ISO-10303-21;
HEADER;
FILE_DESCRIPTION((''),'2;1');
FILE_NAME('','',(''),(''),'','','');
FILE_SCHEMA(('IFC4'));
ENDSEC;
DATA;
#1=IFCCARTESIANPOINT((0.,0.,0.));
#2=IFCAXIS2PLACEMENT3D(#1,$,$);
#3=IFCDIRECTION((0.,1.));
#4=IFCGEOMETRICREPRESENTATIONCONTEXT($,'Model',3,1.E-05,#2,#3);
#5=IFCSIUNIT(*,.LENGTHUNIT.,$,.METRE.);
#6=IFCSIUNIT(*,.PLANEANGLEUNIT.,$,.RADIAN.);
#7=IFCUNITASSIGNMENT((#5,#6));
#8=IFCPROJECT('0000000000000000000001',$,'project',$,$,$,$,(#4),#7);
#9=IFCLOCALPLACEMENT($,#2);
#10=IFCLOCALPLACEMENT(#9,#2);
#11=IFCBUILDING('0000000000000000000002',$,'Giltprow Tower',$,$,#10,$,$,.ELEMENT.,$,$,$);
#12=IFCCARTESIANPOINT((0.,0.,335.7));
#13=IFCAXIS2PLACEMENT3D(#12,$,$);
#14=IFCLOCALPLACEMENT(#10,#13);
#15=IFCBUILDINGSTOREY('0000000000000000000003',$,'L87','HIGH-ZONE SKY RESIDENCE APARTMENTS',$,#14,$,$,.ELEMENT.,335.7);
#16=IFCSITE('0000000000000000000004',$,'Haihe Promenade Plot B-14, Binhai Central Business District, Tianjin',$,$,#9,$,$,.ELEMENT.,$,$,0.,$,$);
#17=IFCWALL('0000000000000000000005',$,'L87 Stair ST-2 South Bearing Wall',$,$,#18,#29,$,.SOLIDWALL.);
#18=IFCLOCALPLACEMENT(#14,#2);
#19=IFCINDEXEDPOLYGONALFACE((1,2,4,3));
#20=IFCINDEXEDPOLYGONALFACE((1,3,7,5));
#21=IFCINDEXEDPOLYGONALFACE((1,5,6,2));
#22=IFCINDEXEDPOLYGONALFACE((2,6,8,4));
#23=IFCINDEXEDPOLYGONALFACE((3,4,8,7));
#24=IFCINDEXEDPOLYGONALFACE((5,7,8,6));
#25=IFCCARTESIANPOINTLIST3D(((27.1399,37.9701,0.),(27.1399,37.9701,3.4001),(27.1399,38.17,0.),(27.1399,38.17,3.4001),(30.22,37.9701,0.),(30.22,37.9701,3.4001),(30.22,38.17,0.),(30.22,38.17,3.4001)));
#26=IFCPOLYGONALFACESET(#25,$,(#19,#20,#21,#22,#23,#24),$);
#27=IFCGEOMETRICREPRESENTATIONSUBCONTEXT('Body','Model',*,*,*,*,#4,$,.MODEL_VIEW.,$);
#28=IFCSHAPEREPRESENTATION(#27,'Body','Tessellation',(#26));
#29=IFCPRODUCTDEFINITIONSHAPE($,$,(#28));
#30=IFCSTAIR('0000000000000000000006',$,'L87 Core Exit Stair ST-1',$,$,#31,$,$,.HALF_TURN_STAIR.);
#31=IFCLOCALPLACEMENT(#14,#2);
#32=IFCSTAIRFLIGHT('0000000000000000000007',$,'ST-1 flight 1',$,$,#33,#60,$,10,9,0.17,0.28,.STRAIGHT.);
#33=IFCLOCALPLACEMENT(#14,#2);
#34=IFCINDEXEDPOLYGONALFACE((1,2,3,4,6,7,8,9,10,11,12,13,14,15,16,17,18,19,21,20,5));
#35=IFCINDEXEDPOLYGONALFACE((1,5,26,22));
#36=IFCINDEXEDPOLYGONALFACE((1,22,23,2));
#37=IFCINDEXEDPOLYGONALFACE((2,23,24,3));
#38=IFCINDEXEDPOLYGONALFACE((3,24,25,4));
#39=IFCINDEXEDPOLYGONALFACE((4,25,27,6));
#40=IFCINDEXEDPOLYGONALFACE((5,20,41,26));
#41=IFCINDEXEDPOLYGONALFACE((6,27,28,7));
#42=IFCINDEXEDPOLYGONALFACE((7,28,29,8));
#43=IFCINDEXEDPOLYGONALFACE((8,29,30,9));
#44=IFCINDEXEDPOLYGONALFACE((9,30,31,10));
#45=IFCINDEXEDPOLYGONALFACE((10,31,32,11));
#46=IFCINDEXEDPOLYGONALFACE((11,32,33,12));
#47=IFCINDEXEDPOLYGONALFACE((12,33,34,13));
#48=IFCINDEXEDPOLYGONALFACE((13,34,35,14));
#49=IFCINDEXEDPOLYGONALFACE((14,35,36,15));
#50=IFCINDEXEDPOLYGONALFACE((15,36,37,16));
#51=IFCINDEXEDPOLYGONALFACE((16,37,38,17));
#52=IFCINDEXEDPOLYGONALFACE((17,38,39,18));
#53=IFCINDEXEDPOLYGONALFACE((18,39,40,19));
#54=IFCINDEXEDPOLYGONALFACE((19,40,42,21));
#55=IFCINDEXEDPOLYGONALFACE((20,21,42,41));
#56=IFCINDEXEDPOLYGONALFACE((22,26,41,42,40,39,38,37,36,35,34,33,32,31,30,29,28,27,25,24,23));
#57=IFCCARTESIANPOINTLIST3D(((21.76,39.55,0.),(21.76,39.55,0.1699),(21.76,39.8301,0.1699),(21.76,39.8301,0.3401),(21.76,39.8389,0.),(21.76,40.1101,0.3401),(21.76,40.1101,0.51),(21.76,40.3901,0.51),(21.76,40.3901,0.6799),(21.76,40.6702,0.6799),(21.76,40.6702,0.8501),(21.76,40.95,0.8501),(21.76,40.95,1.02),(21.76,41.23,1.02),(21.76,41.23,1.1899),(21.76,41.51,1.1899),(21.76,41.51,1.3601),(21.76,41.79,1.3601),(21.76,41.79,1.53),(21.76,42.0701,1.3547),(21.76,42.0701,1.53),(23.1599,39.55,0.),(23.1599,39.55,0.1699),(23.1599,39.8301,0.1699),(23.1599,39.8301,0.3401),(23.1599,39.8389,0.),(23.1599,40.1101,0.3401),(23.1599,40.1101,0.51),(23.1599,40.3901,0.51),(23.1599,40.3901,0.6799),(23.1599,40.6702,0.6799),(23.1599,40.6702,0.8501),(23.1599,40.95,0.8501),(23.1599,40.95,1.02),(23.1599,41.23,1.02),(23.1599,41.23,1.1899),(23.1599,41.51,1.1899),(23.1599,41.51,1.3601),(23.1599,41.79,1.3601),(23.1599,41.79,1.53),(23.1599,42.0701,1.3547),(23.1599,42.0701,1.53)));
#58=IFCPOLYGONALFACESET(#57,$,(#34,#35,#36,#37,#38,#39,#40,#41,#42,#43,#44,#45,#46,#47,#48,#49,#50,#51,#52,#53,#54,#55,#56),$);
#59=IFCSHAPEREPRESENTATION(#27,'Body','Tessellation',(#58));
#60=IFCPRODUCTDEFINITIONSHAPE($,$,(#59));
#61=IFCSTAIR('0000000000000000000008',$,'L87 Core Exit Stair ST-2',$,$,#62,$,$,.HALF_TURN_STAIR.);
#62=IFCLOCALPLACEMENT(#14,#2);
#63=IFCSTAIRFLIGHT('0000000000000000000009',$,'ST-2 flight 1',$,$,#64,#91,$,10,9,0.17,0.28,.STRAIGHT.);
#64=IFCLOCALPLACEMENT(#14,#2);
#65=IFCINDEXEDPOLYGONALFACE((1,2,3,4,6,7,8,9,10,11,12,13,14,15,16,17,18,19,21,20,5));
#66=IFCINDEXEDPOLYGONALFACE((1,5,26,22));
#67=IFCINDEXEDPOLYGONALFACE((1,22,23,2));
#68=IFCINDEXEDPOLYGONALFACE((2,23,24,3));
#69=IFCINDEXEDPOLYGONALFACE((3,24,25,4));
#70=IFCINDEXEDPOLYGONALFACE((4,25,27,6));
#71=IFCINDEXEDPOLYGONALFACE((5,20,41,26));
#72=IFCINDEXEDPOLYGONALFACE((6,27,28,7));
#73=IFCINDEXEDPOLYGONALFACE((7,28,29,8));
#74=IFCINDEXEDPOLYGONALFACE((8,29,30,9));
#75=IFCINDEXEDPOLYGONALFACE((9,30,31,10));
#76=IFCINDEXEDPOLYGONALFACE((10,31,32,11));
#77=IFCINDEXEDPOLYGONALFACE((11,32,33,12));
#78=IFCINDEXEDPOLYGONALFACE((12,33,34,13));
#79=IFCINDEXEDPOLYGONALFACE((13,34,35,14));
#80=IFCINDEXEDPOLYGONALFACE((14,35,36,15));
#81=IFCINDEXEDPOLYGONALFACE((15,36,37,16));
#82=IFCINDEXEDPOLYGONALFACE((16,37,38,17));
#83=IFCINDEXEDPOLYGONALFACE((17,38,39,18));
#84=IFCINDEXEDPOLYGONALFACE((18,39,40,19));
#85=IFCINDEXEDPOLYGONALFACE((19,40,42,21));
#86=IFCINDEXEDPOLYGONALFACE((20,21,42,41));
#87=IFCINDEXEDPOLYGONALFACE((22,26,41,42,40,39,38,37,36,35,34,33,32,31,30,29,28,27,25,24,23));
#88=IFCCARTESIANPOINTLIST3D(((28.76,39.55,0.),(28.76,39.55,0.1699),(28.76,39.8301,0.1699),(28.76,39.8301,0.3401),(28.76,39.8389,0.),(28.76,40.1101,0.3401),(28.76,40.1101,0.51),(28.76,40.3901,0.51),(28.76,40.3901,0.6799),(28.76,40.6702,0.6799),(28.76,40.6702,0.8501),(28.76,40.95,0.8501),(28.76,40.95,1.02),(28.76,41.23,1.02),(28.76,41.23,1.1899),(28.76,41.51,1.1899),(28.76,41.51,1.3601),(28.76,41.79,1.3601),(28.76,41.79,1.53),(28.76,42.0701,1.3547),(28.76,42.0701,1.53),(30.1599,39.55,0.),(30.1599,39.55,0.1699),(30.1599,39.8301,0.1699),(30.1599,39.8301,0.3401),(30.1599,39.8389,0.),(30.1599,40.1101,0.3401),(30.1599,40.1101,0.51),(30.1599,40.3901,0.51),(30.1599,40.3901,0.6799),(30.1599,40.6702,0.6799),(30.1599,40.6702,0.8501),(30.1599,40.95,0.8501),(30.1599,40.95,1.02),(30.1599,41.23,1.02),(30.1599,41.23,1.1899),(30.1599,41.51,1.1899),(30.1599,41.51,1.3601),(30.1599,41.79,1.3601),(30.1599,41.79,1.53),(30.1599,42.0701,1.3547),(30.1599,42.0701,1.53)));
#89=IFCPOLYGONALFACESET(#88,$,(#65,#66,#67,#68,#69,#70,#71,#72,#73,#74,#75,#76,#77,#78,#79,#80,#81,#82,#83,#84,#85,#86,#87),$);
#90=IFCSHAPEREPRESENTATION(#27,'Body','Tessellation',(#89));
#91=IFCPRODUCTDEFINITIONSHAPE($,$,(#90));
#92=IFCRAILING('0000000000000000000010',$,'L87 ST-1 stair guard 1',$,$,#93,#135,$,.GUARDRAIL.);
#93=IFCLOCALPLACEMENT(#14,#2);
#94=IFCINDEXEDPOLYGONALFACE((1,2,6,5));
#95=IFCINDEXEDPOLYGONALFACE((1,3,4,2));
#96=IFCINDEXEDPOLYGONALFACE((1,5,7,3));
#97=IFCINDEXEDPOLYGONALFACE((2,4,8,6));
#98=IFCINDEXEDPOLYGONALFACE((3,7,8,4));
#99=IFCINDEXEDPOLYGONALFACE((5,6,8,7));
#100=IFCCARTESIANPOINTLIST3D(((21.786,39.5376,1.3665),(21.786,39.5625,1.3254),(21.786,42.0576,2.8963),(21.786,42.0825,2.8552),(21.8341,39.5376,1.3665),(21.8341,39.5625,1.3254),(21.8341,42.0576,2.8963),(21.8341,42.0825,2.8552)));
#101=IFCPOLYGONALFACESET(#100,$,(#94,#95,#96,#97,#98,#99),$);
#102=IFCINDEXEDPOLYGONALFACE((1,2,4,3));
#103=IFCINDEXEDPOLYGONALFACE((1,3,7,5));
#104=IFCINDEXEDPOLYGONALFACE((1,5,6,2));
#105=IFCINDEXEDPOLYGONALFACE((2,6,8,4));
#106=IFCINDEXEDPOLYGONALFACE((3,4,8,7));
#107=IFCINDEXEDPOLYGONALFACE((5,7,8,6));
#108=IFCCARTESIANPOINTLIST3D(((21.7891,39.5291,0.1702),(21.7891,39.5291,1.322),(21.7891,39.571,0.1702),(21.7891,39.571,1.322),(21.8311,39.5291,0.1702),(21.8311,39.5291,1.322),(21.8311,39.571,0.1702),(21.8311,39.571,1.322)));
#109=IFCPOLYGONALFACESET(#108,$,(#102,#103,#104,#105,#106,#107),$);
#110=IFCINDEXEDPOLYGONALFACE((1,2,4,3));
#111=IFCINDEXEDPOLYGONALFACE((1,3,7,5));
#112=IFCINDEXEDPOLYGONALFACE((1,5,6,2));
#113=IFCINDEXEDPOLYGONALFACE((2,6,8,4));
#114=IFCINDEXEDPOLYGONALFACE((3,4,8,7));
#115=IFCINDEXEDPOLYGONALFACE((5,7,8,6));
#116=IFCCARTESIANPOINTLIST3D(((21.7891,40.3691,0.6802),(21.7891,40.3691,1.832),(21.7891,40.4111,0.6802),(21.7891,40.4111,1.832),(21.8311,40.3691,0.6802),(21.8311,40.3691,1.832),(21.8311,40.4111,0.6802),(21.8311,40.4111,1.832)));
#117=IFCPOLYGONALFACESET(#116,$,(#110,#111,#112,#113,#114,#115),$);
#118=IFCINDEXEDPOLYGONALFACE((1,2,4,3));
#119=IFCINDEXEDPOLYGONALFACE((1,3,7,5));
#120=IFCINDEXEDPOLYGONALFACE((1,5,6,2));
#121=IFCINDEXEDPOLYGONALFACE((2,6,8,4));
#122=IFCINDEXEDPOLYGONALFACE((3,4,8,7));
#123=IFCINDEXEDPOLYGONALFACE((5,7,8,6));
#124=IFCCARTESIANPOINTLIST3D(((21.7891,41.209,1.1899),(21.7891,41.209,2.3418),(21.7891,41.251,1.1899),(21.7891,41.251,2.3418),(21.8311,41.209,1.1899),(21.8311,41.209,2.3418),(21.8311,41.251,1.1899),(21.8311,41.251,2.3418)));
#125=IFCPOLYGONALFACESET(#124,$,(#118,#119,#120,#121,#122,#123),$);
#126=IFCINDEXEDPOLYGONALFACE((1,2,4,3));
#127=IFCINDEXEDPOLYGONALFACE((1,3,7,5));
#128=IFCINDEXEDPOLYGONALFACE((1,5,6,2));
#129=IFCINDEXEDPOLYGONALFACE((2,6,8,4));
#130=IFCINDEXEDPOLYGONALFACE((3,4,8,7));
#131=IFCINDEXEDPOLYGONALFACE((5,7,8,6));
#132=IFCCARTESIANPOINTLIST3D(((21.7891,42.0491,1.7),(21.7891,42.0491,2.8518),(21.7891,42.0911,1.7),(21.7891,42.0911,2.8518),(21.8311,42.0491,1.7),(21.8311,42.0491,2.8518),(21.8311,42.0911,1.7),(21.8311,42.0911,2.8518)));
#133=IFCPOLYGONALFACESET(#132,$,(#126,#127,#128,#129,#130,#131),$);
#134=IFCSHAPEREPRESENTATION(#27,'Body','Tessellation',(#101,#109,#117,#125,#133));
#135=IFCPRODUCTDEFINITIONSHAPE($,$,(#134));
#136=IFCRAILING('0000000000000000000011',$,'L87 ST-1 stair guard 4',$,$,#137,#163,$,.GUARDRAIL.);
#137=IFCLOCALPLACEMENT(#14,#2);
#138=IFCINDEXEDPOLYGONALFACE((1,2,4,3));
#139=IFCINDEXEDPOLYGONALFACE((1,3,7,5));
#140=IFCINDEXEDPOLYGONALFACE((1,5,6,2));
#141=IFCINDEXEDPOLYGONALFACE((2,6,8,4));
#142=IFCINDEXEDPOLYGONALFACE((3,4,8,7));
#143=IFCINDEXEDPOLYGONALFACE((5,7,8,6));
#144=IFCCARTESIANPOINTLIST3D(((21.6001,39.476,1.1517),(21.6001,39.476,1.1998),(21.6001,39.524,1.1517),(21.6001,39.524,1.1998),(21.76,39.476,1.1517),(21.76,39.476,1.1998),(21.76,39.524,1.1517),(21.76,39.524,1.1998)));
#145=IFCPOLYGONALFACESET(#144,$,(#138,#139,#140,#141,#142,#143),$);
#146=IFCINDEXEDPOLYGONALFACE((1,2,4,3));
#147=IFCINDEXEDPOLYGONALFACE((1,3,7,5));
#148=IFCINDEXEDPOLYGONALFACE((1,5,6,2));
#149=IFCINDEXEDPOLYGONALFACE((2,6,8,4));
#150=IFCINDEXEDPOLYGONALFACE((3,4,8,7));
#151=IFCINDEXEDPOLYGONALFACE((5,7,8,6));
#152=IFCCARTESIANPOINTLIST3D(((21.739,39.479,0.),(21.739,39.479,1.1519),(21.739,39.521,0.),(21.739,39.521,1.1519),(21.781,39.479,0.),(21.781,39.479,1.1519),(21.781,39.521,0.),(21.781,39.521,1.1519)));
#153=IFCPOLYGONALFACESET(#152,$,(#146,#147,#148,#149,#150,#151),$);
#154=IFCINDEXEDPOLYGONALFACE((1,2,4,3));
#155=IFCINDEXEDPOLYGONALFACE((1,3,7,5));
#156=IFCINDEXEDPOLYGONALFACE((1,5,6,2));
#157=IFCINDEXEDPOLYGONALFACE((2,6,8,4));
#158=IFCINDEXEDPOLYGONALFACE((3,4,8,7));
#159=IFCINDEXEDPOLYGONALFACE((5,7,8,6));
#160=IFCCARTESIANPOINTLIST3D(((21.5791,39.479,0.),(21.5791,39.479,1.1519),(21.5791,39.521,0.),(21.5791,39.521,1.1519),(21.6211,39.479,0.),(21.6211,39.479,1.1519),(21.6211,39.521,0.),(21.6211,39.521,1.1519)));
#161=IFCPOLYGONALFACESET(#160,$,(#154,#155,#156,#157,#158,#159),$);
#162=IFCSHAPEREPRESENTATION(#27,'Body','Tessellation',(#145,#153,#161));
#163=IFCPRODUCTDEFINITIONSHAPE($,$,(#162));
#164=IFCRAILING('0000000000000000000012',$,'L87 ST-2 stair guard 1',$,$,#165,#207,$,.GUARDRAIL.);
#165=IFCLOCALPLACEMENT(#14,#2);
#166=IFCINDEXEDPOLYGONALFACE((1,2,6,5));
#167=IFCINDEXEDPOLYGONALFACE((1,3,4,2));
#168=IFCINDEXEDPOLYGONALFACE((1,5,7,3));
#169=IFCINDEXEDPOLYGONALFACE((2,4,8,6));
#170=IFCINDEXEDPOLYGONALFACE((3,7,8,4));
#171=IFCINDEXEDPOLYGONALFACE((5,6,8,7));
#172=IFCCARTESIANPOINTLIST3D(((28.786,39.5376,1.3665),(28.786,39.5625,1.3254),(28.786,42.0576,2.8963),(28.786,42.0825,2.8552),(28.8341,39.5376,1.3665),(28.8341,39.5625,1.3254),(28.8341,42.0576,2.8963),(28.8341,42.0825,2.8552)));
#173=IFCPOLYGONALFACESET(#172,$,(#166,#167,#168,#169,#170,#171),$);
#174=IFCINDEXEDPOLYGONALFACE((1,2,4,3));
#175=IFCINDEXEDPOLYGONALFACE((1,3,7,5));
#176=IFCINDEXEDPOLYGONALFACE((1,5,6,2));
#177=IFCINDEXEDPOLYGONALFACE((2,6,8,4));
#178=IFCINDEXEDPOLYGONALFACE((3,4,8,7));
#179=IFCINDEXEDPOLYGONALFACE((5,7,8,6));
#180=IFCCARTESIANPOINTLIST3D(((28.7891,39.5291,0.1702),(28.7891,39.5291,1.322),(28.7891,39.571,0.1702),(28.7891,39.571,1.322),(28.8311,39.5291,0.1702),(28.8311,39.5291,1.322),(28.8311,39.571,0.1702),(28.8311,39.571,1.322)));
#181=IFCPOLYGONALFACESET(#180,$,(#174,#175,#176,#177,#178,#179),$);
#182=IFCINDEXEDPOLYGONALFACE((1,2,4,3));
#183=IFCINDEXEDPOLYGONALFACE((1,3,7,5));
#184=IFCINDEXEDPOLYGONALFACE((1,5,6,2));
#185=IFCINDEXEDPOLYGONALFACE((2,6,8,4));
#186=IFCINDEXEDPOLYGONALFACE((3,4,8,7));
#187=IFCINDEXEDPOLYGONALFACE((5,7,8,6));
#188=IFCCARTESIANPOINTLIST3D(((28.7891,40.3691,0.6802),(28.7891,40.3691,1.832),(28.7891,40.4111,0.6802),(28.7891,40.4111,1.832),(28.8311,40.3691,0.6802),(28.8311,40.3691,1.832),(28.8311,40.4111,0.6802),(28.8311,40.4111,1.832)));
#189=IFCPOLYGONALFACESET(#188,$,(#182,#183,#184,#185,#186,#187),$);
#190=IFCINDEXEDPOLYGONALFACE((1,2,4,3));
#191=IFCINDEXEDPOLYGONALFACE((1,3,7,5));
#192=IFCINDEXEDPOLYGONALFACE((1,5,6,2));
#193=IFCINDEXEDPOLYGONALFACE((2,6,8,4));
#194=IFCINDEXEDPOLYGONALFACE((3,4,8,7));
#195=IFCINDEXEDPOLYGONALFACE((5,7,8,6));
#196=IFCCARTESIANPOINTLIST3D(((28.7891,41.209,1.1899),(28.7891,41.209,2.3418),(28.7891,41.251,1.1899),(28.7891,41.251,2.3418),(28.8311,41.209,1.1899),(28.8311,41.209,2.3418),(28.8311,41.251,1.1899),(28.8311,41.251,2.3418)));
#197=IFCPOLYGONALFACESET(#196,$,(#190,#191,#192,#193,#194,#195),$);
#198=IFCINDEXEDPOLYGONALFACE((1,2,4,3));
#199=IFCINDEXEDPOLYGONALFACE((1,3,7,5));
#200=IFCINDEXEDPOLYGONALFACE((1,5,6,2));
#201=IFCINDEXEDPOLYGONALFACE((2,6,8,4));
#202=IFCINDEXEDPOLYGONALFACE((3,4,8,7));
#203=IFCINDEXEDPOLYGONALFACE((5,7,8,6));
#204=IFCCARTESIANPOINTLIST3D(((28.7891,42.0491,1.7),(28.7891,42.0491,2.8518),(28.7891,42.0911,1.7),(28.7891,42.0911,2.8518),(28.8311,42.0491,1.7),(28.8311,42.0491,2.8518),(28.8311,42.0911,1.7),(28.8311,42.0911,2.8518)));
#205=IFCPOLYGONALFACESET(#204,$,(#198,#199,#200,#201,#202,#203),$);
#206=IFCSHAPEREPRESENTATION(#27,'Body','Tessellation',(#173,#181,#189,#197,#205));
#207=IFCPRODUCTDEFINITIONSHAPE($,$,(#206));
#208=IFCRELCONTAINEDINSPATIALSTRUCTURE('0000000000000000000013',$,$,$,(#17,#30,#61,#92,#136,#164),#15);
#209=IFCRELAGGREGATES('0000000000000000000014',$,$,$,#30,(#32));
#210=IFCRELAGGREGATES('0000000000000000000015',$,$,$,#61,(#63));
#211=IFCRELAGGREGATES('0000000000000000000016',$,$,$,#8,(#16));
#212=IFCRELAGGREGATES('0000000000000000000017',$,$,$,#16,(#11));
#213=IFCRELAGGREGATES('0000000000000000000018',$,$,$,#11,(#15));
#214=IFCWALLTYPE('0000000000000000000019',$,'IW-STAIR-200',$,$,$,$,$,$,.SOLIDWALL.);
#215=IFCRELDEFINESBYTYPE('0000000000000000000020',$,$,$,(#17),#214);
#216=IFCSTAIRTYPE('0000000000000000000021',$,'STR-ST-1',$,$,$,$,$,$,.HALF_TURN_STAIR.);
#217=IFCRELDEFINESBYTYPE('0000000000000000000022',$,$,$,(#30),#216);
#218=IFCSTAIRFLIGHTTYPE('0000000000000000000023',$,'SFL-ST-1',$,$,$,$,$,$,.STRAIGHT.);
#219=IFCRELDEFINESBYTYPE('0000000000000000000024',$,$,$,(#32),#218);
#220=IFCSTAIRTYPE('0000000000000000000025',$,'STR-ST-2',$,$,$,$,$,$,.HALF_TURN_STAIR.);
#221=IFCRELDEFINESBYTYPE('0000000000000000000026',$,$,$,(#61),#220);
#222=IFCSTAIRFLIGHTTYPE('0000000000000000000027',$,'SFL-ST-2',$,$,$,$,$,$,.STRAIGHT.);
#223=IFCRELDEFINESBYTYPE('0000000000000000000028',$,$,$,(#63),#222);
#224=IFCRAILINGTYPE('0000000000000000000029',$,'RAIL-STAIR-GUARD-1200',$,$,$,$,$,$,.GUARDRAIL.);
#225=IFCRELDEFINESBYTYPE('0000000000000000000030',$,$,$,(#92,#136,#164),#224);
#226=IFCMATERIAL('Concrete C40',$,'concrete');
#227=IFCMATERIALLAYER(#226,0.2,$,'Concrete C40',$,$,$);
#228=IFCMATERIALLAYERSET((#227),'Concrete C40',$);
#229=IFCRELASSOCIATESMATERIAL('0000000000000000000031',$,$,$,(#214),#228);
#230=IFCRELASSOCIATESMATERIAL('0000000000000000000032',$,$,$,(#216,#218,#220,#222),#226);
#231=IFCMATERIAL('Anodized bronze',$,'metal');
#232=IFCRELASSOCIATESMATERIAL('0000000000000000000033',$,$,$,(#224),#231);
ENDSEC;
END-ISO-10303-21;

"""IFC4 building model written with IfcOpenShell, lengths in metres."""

from ifc_helpers import new_model, si_unit, direction, frame, frame_2d, origin, origin_2d, place, context, subcontext, project, spatial, polyline, rectangle, outline, extrude, material, layer, layer_set, type_object, element, aggregate, save


model = new_model("IFC4")

# Units and contexts
model_context = context("Model", 3, precision=1e-05, world=origin(), true_north=direction((0.0, 1.0)))
body_context = subcontext(model_context, "Body", "Model", "MODEL_VIEW")
ifc_project = project(units=[si_unit("LENGTHUNIT", "METRE"), si_unit("PLANEANGLEUNIT", "RADIAN")], contexts=[model_context])

# Site, building, storey
site_placement = place(None, origin())
site = spatial("IfcSite", under=ifc_project, at=site_placement, Name="Haihe Promenade Plot B-14, Binhai Central Business District, Tianjin", CompositionType="ELEMENT", RefElevation=0.0)
building_placement = place(site_placement, origin())
building = spatial("IfcBuilding", under=site, at=building_placement, Name="Giltprow Tower", CompositionType="ELEMENT")
storey_placement = place(building_placement, frame((0.0, 0.0, 335.7)))
storey = spatial("IfcBuildingStorey", under=building, at=storey_placement, Name="L87", Description="HIGH-ZONE SKY RESIDENCE APARTMENTS", CompositionType="ELEMENT", Elevation=335.7)

# Shared definitions
ifc_material_1 = material(Name="Concrete C40", Category="concrete")
ifc_layer_1 = layer(ifc_material_1, 0.2, Name="Concrete C40")
ifc_layer_set_1 = layer_set([ifc_layer_1], Name="Concrete C40")
wall_type_1 = type_object("IfcWallType", Name="IW-STAIR-200", PredefinedType="SOLIDWALL", material=ifc_layer_set_1)

# Wall
wall_1_placement = place(storey_placement, frame((27.1399, 38.0701, 0.0), z_axis=(0.0, 0.0, 1.0), x_axis=(1.0, 0.0, 0.0)))
element("IfcWall", 1, at=wall_1_placement, inside=storey, type_object=wall_type_1, Name="L87 Stair ST-2 South Bearing Wall", PredefinedType="SOLIDWALL", context=body_context, shape_type="SweptSolid", body=[
    extrude(rectangle(XDim=3.0801, YDim=0.2, at=frame_2d((1.54, 0.0))), origin(), (0.0, 0.0, 1.0), 3.4001),
])

# Stairs, stair flights
stair_type_1 = type_object("IfcStairType", Name="STR-ST-1", PredefinedType="HALF_TURN_STAIR", material=ifc_material_1)
stair_1_placement = place(storey_placement, origin())
stair_1 = element("IfcStair", 2, at=stair_1_placement, inside=storey, type_object=stair_type_1, Name="L87 Core Exit Stair ST-1", PredefinedType="HALF_TURN_STAIR")
stair_flight_type_1 = type_object("IfcStairFlightType", Name="SFL-ST-1", PredefinedType="STRAIGHT", material=ifc_material_1)
stair_flight_1_placement = place(storey_placement, frame((22.46, 39.55, 0.0), z_axis=(0.0, 0.0, 1.0), x_axis=(0.0, 1.0, 0.0)))
stair_flight_1 = element("IfcStairFlight", 3, at=stair_flight_1_placement, type_object=stair_flight_type_1, Name="ST-1 flight 1", NumberOfRisers=10, NumberOfTreads=9, PredefinedType="STRAIGHT", RiserHeight=0.17, TreadLength=0.28, context=body_context, shape_type="SweptSolid", body=[
    extrude(outline(polyline([(0.0, 0.0), (0.0, 0.1699), (0.28, 0.1699), (0.28, 0.3401), (0.5601, 0.3401), (0.5601, 0.51), (0.8401, 0.51), (0.8401, 0.6799), (1.1201, 0.6799), (1.1201, 0.8501), (1.3999, 0.8501), (1.3999, 1.02), (1.6799, 1.02), (1.6799, 1.1899), (1.96, 1.1899), (1.96, 1.3601), (2.24, 1.3601), (2.24, 1.53), (2.52, 1.53), (2.52, 1.7), (2.52, 1.3547), (0.2888, 0.0), (0.0, 0.0)])), frame((0.0, 0.7, 0.0), z_axis=(0.0, -1.0, 0.0), x_axis=(1.0, 0.0, 0.0)), (0.0, 0.0, 1.0), 1.3999),
])
aggregate(stair_1, [stair_flight_1])
stair_type_2 = type_object("IfcStairType", Name="STR-ST-2", PredefinedType="HALF_TURN_STAIR", material=ifc_material_1)
stair_2_placement = place(storey_placement, origin())
stair_2 = element("IfcStair", 4, at=stair_2_placement, inside=storey, type_object=stair_type_2, Name="L87 Core Exit Stair ST-2", PredefinedType="HALF_TURN_STAIR")
stair_flight_type_2 = type_object("IfcStairFlightType", Name="SFL-ST-2", PredefinedType="STRAIGHT", material=ifc_material_1)
stair_flight_2_placement = place(storey_placement, frame((29.46, 39.55, 0.0), z_axis=(0.0, 0.0, 1.0), x_axis=(0.0, 1.0, 0.0)))
stair_flight_2 = element("IfcStairFlight", 5, at=stair_flight_2_placement, type_object=stair_flight_type_2, Name="ST-2 flight 1", NumberOfRisers=10, NumberOfTreads=9, PredefinedType="STRAIGHT", RiserHeight=0.17, TreadLength=0.28, context=body_context, shape_type="SweptSolid", body=[
    extrude(outline(polyline([(0.0, 0.0), (0.0, 0.1699), (0.28, 0.1699), (0.28, 0.3401), (0.5601, 0.3401), (0.5601, 0.51), (0.8401, 0.51), (0.8401, 0.6799), (1.1201, 0.6799), (1.1201, 0.8501), (1.3999, 0.8501), (1.3999, 1.02), (1.6799, 1.02), (1.6799, 1.1899), (1.96, 1.1899), (1.96, 1.3601), (2.24, 1.3601), (2.24, 1.53), (2.52, 1.53), (2.52, 1.7), (2.52, 1.3547), (0.2888, 0.0), (0.0, 0.0)])), frame((0.0, 0.7, 0.0), z_axis=(0.0, -1.0, 0.0), x_axis=(1.0, 0.0, 0.0)), (0.0, 0.0, 1.0), 1.3999),
])
aggregate(stair_2, [stair_flight_2])

# Railings
ifc_material_2 = material(Name="Anodized bronze", Category="metal")
railing_type_1 = type_object("IfcRailingType", Name="RAIL-STAIR-GUARD-1200", PredefinedType="GUARDRAIL", material=ifc_material_2)
railing_1_placement = place(storey_placement, frame((21.8101, 39.55, 0.1702)))
element("IfcRailing", 6, at=railing_1_placement, inside=storey, type_object=railing_type_1, Name="L87 ST-1 stair guard 1", PredefinedType="GUARDRAIL", context=body_context, shape_type="SweptSolid", body=[
    extrude(rectangle(XDim=0.0481, YDim=0.0481, at=origin_2d()), frame((0.0, 0.0, 1.1758), z_axis=(0.0, 0.854822, 0.518922), x_axis=(-1.0, 0.0, 0.0)), (0.0, 0.0, 1.0), 2.948),
    extrude(rectangle(XDim=0.042, YDim=0.042, at=origin_2d()), origin(), (0.0, 0.0, 1.0), 1.1519),
    extrude(rectangle(XDim=0.042, YDim=0.042, at=origin_2d()), frame((0.0, 0.8401, 0.51)), (0.0, 0.0, 1.0), 1.1519),
    extrude(rectangle(XDim=0.042, YDim=0.042, at=origin_2d()), frame((0.0, 1.6799, 1.0198)), (0.0, 0.0, 1.0), 1.1519),
    extrude(rectangle(XDim=0.042, YDim=0.042, at=origin_2d()), frame((0.0, 2.52, 1.5298)), (0.0, 0.0, 1.0), 1.1519),
])
railing_2_placement = place(storey_placement, frame((21.76, 39.5, 0.0)))
element("IfcRailing", 7, at=railing_2_placement, inside=storey, type_object=railing_type_1, Name="L87 ST-1 stair guard 4", PredefinedType="GUARDRAIL", context=body_context, shape_type="SweptSolid", body=[
    extrude(rectangle(XDim=0.0481, YDim=0.0481, at=origin_2d()), frame((0.0, 0.0, 1.1758), z_axis=(-1.0, 0.0, 0.0), x_axis=(0.0, -1.0, 0.0)), (0.0, 0.0, 1.0), 0.1599),
    extrude(rectangle(XDim=0.042, YDim=0.042, at=origin_2d()), origin(), (0.0, 0.0, 1.0), 1.1519),
    extrude(rectangle(XDim=0.042, YDim=0.042, at=origin_2d()), frame((-0.1599, 0.0, 0.0)), (0.0, 0.0, 1.0), 1.1519),
])
railing_3_placement = place(storey_placement, frame((28.8101, 39.55, 0.1702)))
element("IfcRailing", 8, at=railing_3_placement, inside=storey, type_object=railing_type_1, Name="L87 ST-2 stair guard 1", PredefinedType="GUARDRAIL", context=body_context, shape_type="SweptSolid", body=[
    extrude(rectangle(XDim=0.0481, YDim=0.0481, at=origin_2d()), frame((0.0, 0.0, 1.1758), z_axis=(0.0, 0.854822, 0.518922), x_axis=(-1.0, 0.0, 0.0)), (0.0, 0.0, 1.0), 2.948),
    extrude(rectangle(XDim=0.042, YDim=0.042, at=origin_2d()), origin(), (0.0, 0.0, 1.0), 1.1519),
    extrude(rectangle(XDim=0.042, YDim=0.042, at=origin_2d()), frame((0.0, 0.8401, 0.51)), (0.0, 0.0, 1.0), 1.1519),
    extrude(rectangle(XDim=0.042, YDim=0.042, at=origin_2d()), frame((0.0, 1.6799, 1.0198)), (0.0, 0.0, 1.0), 1.1519),
    extrude(rectangle(XDim=0.042, YDim=0.042, at=origin_2d()), frame((0.0, 2.52, 1.5298)), (0.0, 0.0, 1.0), 1.1519),
])

save(model, "model.ifc")
